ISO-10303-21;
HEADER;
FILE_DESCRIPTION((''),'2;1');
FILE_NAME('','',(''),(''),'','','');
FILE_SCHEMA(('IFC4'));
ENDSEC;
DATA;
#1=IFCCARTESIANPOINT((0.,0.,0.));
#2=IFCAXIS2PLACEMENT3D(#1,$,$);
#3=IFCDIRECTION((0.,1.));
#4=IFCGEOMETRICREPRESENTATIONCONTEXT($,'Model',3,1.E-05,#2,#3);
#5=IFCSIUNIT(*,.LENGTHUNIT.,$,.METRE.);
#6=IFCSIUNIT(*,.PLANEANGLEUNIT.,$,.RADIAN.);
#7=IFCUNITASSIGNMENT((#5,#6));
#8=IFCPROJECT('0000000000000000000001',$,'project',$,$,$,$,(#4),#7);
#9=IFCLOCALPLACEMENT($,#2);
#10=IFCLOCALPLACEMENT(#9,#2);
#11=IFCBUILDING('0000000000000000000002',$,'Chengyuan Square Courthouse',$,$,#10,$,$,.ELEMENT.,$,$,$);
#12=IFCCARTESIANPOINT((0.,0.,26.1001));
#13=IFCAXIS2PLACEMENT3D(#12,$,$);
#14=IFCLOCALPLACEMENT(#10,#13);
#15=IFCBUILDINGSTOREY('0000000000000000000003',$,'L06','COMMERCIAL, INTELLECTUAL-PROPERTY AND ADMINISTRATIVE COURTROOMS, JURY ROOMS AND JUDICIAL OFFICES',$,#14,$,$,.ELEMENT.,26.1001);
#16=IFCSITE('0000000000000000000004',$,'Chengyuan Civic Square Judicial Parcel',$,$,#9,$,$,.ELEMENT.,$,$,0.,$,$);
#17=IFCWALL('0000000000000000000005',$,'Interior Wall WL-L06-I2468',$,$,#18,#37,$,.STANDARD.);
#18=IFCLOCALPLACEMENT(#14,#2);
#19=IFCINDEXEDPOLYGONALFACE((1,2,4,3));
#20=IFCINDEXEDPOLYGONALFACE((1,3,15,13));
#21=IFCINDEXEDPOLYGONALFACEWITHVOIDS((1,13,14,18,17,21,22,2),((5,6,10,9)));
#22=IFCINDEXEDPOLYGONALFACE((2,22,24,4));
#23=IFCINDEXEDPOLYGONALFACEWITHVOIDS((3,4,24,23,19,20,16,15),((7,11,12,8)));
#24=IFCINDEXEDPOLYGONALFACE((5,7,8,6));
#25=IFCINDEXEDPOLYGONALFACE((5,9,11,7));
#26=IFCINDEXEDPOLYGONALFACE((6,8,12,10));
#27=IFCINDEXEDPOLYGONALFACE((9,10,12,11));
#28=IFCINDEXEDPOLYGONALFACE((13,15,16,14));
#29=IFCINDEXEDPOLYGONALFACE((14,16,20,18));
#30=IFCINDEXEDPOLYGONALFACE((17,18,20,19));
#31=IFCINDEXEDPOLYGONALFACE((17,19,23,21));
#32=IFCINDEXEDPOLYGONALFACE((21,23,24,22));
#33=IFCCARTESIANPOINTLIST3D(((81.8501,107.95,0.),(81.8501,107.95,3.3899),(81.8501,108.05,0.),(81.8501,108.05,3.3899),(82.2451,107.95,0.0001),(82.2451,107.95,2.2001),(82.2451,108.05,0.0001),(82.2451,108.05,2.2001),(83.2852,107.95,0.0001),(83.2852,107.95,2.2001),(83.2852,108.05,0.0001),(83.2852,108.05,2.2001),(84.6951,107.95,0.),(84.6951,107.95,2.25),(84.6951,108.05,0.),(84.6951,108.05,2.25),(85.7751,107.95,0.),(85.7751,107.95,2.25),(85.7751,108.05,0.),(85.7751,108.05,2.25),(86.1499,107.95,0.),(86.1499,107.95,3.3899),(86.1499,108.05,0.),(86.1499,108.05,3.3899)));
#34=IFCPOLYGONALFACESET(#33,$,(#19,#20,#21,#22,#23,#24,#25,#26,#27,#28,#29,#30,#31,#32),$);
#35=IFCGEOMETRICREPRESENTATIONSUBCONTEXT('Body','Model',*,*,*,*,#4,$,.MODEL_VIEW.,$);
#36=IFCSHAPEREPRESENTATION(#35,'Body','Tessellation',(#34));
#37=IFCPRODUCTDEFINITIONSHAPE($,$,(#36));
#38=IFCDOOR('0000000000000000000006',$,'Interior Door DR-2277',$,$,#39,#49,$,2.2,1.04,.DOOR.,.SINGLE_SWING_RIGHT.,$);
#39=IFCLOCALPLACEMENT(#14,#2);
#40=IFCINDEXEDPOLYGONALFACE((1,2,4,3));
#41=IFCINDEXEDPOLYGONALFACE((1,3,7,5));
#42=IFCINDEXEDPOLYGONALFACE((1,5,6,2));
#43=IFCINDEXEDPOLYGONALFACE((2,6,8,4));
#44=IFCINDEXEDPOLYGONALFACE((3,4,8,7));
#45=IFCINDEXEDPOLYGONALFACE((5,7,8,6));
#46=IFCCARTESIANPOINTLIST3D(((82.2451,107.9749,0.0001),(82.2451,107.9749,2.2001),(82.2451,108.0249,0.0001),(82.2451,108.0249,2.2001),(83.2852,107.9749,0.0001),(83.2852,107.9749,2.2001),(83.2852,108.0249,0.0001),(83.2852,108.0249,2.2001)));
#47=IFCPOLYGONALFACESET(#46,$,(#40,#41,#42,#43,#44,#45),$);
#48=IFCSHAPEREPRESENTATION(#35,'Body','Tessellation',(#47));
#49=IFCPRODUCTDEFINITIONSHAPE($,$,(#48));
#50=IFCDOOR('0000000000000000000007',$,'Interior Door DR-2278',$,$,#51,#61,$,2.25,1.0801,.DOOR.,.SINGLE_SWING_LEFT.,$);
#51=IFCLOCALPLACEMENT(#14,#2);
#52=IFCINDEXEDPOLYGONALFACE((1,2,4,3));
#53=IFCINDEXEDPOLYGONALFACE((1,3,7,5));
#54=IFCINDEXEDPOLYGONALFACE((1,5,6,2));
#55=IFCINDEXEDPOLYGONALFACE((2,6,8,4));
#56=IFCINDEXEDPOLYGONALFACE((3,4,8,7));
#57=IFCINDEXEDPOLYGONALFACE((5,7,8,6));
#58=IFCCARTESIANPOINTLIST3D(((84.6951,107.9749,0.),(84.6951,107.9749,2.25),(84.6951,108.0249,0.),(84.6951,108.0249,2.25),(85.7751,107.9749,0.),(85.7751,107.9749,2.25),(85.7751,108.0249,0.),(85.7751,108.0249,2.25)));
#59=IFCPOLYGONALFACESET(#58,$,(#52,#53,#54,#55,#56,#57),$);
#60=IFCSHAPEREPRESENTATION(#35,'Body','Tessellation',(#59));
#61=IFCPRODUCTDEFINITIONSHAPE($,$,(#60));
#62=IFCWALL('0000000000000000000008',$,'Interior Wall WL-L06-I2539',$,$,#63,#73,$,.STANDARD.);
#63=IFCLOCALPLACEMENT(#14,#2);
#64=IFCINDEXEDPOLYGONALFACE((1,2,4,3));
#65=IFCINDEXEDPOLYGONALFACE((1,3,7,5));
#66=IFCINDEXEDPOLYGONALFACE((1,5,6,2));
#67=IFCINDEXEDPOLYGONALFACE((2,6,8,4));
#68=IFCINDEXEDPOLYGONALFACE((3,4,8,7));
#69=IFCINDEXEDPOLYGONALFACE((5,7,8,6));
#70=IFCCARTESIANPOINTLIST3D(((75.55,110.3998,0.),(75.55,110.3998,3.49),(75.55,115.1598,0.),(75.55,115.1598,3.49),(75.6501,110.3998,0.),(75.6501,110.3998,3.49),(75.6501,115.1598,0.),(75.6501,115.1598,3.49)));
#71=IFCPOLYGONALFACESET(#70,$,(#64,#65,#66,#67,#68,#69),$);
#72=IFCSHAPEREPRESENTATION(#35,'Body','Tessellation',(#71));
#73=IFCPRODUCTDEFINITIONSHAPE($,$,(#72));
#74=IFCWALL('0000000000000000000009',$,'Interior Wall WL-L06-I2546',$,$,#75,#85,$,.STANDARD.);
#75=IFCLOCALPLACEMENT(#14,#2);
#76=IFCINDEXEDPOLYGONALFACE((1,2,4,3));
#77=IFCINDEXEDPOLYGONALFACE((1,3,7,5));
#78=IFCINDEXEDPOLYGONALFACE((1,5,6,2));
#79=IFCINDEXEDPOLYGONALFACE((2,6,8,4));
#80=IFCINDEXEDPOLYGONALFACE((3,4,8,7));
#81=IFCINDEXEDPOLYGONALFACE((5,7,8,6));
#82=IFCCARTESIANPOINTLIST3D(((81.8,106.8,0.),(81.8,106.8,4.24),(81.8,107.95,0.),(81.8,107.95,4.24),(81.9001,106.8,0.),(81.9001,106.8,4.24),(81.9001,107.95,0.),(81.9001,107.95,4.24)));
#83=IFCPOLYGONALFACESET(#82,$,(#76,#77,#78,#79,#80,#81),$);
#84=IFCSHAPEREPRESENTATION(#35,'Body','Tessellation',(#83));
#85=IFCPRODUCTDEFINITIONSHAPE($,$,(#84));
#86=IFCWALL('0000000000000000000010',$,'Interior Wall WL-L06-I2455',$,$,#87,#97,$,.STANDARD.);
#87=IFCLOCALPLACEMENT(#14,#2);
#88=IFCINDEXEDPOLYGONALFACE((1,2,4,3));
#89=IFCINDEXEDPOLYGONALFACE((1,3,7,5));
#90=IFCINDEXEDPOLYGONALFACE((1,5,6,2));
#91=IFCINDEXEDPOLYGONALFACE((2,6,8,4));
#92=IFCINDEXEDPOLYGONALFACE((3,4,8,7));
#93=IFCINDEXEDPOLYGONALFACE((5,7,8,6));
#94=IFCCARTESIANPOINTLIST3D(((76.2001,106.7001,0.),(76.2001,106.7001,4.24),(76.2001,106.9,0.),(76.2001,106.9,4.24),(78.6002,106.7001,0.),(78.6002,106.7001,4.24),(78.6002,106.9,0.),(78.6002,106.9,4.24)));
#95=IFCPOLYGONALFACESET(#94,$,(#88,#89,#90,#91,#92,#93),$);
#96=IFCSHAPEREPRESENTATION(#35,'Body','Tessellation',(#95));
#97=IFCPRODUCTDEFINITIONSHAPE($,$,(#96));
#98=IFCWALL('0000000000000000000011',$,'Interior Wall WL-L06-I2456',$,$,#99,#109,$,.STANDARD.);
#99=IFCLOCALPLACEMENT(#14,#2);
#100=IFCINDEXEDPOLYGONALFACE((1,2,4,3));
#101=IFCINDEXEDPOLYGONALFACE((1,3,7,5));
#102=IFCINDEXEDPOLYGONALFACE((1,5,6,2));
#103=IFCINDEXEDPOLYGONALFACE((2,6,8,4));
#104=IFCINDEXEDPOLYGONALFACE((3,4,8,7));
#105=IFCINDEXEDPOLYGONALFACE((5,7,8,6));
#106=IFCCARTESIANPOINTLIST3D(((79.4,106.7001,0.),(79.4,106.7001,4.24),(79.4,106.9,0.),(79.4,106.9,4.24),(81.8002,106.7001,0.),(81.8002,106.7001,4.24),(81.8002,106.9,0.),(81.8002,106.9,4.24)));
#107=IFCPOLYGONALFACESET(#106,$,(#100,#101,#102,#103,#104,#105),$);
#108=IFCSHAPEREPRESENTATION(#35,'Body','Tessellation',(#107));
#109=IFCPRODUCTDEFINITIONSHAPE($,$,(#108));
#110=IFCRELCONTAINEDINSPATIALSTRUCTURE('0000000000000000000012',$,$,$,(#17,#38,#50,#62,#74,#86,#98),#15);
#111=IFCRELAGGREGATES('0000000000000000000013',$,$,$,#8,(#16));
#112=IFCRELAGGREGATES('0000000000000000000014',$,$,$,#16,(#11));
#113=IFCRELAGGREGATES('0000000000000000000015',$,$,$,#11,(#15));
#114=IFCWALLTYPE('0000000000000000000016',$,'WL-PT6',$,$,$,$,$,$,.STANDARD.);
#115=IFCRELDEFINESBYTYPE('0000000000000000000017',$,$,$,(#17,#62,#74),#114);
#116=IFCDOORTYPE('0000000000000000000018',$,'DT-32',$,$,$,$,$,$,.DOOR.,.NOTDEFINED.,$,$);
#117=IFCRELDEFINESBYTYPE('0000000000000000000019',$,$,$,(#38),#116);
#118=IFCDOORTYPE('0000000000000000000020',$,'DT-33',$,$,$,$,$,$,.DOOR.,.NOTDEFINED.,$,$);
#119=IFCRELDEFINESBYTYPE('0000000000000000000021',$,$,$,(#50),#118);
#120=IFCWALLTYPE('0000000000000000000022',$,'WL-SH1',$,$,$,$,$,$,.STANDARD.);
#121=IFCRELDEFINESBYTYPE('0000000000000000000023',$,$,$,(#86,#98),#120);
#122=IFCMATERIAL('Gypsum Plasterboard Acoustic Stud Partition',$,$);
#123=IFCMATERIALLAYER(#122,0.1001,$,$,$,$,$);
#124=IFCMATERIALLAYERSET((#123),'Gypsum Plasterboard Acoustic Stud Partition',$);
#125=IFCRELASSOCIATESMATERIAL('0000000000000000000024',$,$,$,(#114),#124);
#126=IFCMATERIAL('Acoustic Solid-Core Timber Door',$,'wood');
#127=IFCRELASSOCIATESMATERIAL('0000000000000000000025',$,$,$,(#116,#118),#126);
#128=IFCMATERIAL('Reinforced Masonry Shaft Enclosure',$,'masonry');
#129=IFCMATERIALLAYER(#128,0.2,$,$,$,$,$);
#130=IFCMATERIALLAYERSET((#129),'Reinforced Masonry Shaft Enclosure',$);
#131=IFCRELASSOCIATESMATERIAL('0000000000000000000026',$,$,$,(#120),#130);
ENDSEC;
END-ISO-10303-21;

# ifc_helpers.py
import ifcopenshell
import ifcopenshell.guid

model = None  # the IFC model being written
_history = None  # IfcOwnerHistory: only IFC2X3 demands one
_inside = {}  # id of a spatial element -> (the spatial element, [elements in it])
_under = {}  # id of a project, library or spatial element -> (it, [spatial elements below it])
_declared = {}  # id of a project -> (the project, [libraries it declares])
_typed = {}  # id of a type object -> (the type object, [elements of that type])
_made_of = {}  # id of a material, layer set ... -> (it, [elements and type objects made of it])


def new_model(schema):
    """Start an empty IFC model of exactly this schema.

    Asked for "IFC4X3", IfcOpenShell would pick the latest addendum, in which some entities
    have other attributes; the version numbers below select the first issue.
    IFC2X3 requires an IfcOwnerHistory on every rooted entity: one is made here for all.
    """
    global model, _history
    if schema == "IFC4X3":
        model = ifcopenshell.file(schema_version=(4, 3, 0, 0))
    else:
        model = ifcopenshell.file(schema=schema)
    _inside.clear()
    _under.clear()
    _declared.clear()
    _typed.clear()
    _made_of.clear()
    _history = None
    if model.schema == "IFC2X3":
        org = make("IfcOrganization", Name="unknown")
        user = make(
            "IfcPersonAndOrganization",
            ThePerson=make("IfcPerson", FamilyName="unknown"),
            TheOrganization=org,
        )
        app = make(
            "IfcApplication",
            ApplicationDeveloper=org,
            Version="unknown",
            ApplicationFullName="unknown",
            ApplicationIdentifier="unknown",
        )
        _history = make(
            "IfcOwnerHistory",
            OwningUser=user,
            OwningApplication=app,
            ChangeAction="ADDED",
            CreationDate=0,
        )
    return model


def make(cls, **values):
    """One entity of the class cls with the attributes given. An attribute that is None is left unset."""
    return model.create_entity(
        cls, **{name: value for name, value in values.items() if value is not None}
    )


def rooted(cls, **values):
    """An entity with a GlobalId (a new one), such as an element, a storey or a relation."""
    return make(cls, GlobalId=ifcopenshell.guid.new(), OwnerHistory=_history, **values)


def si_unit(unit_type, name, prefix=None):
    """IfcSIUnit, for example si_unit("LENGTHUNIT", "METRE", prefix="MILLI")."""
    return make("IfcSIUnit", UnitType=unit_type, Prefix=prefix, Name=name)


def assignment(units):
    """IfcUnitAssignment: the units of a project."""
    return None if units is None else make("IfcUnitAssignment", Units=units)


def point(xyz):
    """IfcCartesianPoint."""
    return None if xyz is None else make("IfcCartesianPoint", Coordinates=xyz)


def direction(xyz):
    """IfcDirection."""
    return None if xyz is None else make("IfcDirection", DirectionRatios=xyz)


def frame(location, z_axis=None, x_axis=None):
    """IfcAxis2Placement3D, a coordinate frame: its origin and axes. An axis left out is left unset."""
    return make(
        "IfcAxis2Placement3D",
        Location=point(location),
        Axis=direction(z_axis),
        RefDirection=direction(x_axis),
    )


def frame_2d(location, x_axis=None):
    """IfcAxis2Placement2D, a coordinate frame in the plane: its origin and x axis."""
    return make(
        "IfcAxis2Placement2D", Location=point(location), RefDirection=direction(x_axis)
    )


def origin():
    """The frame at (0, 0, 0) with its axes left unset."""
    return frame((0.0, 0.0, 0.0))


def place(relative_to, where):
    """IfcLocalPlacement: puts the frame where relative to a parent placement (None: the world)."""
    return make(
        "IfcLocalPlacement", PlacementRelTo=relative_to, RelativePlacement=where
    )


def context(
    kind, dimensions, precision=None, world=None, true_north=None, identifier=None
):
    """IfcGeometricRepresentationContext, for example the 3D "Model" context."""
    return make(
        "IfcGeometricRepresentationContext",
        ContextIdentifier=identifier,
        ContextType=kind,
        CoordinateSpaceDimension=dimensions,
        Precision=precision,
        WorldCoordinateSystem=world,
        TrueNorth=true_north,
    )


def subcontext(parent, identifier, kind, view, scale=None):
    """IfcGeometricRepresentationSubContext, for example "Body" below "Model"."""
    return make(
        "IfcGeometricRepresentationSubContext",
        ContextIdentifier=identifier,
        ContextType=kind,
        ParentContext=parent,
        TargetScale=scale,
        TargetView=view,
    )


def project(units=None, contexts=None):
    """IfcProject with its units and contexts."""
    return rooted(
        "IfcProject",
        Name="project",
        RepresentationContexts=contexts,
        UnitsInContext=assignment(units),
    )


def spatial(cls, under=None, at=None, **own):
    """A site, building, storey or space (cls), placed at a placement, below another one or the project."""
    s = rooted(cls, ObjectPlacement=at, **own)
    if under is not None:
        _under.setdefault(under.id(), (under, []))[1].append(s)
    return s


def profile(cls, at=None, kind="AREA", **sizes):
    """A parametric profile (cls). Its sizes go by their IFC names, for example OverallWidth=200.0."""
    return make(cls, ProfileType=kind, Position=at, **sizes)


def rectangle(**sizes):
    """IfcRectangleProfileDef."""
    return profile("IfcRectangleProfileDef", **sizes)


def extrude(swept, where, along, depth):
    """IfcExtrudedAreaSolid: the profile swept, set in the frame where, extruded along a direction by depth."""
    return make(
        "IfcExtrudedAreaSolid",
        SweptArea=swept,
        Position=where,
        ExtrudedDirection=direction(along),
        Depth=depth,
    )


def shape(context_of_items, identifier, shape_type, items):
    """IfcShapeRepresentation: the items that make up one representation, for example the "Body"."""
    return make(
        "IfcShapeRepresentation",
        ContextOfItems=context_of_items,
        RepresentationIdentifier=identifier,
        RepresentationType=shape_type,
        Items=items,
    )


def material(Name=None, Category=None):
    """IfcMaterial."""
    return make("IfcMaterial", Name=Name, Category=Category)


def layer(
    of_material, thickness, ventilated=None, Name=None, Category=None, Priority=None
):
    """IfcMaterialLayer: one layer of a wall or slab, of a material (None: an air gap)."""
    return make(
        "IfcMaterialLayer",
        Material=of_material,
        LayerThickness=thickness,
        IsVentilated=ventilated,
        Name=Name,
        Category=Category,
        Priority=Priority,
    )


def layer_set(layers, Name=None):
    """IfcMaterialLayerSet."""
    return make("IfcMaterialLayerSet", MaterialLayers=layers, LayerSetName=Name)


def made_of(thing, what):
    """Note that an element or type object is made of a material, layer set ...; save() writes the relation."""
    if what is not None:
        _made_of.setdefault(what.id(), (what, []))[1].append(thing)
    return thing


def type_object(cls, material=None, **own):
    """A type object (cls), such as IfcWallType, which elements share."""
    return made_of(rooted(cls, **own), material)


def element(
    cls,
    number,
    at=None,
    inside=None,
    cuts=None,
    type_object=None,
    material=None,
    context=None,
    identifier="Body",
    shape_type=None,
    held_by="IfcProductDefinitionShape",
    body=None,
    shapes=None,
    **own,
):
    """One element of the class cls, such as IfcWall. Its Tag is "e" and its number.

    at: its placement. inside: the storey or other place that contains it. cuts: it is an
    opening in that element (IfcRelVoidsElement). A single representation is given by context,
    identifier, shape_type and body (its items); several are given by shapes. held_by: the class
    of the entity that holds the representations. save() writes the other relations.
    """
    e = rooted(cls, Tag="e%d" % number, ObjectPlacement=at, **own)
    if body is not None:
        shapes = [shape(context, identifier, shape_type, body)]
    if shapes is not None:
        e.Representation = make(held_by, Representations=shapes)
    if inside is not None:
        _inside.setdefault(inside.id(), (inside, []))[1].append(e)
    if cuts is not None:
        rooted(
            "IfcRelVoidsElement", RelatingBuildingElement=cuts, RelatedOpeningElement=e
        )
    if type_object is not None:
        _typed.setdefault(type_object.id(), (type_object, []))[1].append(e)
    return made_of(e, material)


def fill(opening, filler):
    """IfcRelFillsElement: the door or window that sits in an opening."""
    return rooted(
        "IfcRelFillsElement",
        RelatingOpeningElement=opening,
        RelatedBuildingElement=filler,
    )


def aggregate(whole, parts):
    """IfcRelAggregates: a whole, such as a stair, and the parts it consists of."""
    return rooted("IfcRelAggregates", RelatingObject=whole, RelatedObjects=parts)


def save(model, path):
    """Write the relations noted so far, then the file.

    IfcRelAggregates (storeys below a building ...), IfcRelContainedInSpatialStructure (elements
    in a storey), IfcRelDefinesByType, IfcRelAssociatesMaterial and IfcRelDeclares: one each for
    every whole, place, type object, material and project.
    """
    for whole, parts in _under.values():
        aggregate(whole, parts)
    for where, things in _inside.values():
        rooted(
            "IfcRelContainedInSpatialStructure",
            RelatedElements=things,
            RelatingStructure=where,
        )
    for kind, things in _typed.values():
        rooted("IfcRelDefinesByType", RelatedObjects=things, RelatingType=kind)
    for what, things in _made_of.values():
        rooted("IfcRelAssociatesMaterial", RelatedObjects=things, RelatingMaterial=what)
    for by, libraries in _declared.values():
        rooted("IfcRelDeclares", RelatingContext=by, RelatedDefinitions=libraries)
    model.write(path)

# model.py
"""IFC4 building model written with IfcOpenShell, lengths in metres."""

from ifc_helpers import new_model, si_unit, direction, frame, frame_2d, origin, place, context, subcontext, project, spatial, rectangle, extrude, material, layer, layer_set, type_object, element, fill, save


model = new_model("IFC4")

# Units and contexts
model_context = context("Model", 3, precision=1e-05, world=origin(), true_north=direction((0.0, 1.0)))
body_context = subcontext(model_context, "Body", "Model", "MODEL_VIEW")
ifc_project = project(units=[si_unit("LENGTHUNIT", "METRE"), si_unit("PLANEANGLEUNIT", "RADIAN")], contexts=[model_context])

# Site, building, storey
site_placement = place(None, origin())
site = spatial("IfcSite", under=ifc_project, at=site_placement, Name="Chengyuan Civic Square Judicial Parcel", CompositionType="ELEMENT", RefElevation=0.0)
building_placement = place(site_placement, origin())
building = spatial("IfcBuilding", under=site, at=building_placement, Name="Chengyuan Square Courthouse", CompositionType="ELEMENT")
storey_placement = place(building_placement, frame((0.0, 0.0, 26.1001)))
storey = spatial("IfcBuildingStorey", under=building, at=storey_placement, Name="L06", Description="COMMERCIAL, INTELLECTUAL-PROPERTY AND ADMINISTRATIVE COURTROOMS, JURY ROOMS AND JUDICIAL OFFICES", CompositionType="ELEMENT", Elevation=26.1001)

# Shared definitions
ifc_material_1 = material(Name="Gypsum Plasterboard Acoustic Stud Partition")
ifc_layer_1 = layer(ifc_material_1, 0.1001)
ifc_layer_set_1 = layer_set([ifc_layer_1], Name="Gypsum Plasterboard Acoustic Stud Partition")
wall_type_1 = type_object("IfcWallType", Name="WL-PT6", PredefinedType="STANDARD", material=ifc_layer_set_1)

# Wall, openings, doors
wall_1_placement = place(storey_placement, frame((81.8501, 108.0, 0.0), z_axis=(0.0, 0.0, 1.0), x_axis=(1.0, 0.0, 0.0)))
wall_1 = element("IfcWall", 1, at=wall_1_placement, inside=storey, type_object=wall_type_1, Name="Interior Wall WL-L06-I2468", PredefinedType="STANDARD", context=body_context, shape_type="SweptSolid", body=[
    extrude(rectangle(XDim=4.2998, YDim=0.1001, at=frame_2d((2.1499, 0.0))), origin(), (0.0, 0.0, 1.0), 3.3899),
])
opening_1_placement = place(wall_1_placement, frame((0.395, 0.0, 0.0)))
opening_1 = element("IfcOpeningElement", 2, at=opening_1_placement, cuts=wall_1, PredefinedType="OPENING", context=body_context, shape_type="SweptSolid", body=[
    extrude(rectangle(XDim=1.04, YDim=2.2, at=frame_2d((0.52, 1.1001))), frame((0.0, 0.062, 0.0), z_axis=(0.0, -1.0, 0.0), x_axis=(1.0, 0.0, 0.0)), (0.0, 0.0, 1.0), 0.124),
])
opening_2_placement = place(wall_1_placement, frame((2.845, 0.0, 0.0)))
opening_2 = element("IfcOpeningElement", 3, at=opening_2_placement, cuts=wall_1, PredefinedType="OPENING", context=body_context, shape_type="SweptSolid", body=[
    extrude(rectangle(XDim=1.0801, YDim=2.25, at=frame_2d((0.54, 1.125))), frame((0.0, 0.062, 0.0), z_axis=(0.0, -1.0, 0.0), x_axis=(1.0, 0.0, 0.0)), (0.0, 0.0, 1.0), 0.124),
])
ifc_material_2 = material(Name="Acoustic Solid-Core Timber Door", Category="wood")
door_type_1 = type_object("IfcDoorType", Name="DT-32", OperationType="NOTDEFINED", PredefinedType="DOOR", material=ifc_material_2)
door_1_placement = place(opening_1_placement, origin())
door_1 = element("IfcDoor", 4, at=door_1_placement, inside=storey, type_object=door_type_1, Name="Interior Door DR-2277", OperationType="SINGLE_SWING_RIGHT", OverallHeight=2.2, OverallWidth=1.04, PredefinedType="DOOR", context=body_context, shape_type="SweptSolid", body=[
    extrude(rectangle(XDim=1.04, YDim=2.2, at=frame_2d((0.52, 1.1001))), frame((0.0, 0.0249, 0.0), z_axis=(0.0, -1.0, 0.0), x_axis=(1.0, 0.0, 0.0)), (0.0, 0.0, 1.0), 0.05),
])
fill(opening_1, door_1)
door_type_2 = type_object("IfcDoorType", Name="DT-33", OperationType="NOTDEFINED", PredefinedType="DOOR", material=ifc_material_2)
door_2_placement = place(opening_2_placement, origin())
door_2 = element("IfcDoor", 5, at=door_2_placement, inside=storey, type_object=door_type_2, Name="Interior Door DR-2278", OperationType="SINGLE_SWING_LEFT", OverallHeight=2.25, OverallWidth=1.0801, PredefinedType="DOOR", context=body_context, shape_type="SweptSolid", body=[
    extrude(rectangle(XDim=1.0801, YDim=2.25, at=frame_2d((0.54, 1.125))), frame((0.0, 0.0249, 0.0), z_axis=(0.0, -1.0, 0.0), x_axis=(1.0, 0.0, 0.0)), (0.0, 0.0, 1.0), 0.05),
])
fill(opening_2, door_2)

# Walls
wall_2_placement = place(storey_placement, frame((75.6001, 110.3999, 0.0), z_axis=(0.0, 0.0, 1.0), x_axis=(0.0, 1.0, 0.0)))
element("IfcWall", 6, at=wall_2_placement, inside=storey, type_object=wall_type_1, Name="Interior Wall WL-L06-I2539", PredefinedType="STANDARD", context=body_context, shape_type="SweptSolid", body=[
    extrude(rectangle(XDim=4.76, YDim=0.1001, at=frame_2d((2.3799, 0.0))), origin(), (0.0, 0.0, 1.0), 3.49),
])
wall_3_placement = place(storey_placement, frame((81.8501, 106.8, 0.0), z_axis=(0.0, 0.0, 1.0), x_axis=(0.0, 1.0, 0.0)))
element("IfcWall", 7, at=wall_3_placement, inside=storey, type_object=wall_type_1, Name="Interior Wall WL-L06-I2546", PredefinedType="STANDARD", context=body_context, shape_type="SweptSolid", body=[
    extrude(rectangle(XDim=1.1499, YDim=0.1001, at=frame_2d((0.575, 0.0))), origin(), (0.0, 0.0, 1.0), 4.24),
])
ifc_material_3 = material(Name="Reinforced Masonry Shaft Enclosure", Category="masonry")
ifc_layer_2 = layer(ifc_material_3, 0.2)
ifc_layer_set_2 = layer_set([ifc_layer_2], Name="Reinforced Masonry Shaft Enclosure")
wall_type_2 = type_object("IfcWallType", Name="WL-SH1", PredefinedType="STANDARD", material=ifc_layer_set_2)
for number, where, z_axis, x_axis, name in (
    (8, (76.2, 106.8, 0.0), (0.0, 0.0, 1.0), (1.0, 0.0, 0.0), "Interior Wall WL-L06-I2455"),
    (9, (79.3999, 106.8, 0.0), (0.0, 0.0, 1.0), (1.0, 0.0, 0.0), "Interior Wall WL-L06-I2456"),
):
    element("IfcWall", number, at=place(storey_placement, frame(where, z_axis=z_axis, x_axis=x_axis)), inside=storey, type_object=wall_type_2, Name=name, PredefinedType="STANDARD", context=body_context, shape_type="SweptSolid", body=[
        extrude(rectangle(XDim=2.4001, YDim=0.2, at=frame_2d((1.2002, 0.0))), origin(), (0.0, 0.0, 1.0), 4.24),
    ])

save(model, "model.ifc")
